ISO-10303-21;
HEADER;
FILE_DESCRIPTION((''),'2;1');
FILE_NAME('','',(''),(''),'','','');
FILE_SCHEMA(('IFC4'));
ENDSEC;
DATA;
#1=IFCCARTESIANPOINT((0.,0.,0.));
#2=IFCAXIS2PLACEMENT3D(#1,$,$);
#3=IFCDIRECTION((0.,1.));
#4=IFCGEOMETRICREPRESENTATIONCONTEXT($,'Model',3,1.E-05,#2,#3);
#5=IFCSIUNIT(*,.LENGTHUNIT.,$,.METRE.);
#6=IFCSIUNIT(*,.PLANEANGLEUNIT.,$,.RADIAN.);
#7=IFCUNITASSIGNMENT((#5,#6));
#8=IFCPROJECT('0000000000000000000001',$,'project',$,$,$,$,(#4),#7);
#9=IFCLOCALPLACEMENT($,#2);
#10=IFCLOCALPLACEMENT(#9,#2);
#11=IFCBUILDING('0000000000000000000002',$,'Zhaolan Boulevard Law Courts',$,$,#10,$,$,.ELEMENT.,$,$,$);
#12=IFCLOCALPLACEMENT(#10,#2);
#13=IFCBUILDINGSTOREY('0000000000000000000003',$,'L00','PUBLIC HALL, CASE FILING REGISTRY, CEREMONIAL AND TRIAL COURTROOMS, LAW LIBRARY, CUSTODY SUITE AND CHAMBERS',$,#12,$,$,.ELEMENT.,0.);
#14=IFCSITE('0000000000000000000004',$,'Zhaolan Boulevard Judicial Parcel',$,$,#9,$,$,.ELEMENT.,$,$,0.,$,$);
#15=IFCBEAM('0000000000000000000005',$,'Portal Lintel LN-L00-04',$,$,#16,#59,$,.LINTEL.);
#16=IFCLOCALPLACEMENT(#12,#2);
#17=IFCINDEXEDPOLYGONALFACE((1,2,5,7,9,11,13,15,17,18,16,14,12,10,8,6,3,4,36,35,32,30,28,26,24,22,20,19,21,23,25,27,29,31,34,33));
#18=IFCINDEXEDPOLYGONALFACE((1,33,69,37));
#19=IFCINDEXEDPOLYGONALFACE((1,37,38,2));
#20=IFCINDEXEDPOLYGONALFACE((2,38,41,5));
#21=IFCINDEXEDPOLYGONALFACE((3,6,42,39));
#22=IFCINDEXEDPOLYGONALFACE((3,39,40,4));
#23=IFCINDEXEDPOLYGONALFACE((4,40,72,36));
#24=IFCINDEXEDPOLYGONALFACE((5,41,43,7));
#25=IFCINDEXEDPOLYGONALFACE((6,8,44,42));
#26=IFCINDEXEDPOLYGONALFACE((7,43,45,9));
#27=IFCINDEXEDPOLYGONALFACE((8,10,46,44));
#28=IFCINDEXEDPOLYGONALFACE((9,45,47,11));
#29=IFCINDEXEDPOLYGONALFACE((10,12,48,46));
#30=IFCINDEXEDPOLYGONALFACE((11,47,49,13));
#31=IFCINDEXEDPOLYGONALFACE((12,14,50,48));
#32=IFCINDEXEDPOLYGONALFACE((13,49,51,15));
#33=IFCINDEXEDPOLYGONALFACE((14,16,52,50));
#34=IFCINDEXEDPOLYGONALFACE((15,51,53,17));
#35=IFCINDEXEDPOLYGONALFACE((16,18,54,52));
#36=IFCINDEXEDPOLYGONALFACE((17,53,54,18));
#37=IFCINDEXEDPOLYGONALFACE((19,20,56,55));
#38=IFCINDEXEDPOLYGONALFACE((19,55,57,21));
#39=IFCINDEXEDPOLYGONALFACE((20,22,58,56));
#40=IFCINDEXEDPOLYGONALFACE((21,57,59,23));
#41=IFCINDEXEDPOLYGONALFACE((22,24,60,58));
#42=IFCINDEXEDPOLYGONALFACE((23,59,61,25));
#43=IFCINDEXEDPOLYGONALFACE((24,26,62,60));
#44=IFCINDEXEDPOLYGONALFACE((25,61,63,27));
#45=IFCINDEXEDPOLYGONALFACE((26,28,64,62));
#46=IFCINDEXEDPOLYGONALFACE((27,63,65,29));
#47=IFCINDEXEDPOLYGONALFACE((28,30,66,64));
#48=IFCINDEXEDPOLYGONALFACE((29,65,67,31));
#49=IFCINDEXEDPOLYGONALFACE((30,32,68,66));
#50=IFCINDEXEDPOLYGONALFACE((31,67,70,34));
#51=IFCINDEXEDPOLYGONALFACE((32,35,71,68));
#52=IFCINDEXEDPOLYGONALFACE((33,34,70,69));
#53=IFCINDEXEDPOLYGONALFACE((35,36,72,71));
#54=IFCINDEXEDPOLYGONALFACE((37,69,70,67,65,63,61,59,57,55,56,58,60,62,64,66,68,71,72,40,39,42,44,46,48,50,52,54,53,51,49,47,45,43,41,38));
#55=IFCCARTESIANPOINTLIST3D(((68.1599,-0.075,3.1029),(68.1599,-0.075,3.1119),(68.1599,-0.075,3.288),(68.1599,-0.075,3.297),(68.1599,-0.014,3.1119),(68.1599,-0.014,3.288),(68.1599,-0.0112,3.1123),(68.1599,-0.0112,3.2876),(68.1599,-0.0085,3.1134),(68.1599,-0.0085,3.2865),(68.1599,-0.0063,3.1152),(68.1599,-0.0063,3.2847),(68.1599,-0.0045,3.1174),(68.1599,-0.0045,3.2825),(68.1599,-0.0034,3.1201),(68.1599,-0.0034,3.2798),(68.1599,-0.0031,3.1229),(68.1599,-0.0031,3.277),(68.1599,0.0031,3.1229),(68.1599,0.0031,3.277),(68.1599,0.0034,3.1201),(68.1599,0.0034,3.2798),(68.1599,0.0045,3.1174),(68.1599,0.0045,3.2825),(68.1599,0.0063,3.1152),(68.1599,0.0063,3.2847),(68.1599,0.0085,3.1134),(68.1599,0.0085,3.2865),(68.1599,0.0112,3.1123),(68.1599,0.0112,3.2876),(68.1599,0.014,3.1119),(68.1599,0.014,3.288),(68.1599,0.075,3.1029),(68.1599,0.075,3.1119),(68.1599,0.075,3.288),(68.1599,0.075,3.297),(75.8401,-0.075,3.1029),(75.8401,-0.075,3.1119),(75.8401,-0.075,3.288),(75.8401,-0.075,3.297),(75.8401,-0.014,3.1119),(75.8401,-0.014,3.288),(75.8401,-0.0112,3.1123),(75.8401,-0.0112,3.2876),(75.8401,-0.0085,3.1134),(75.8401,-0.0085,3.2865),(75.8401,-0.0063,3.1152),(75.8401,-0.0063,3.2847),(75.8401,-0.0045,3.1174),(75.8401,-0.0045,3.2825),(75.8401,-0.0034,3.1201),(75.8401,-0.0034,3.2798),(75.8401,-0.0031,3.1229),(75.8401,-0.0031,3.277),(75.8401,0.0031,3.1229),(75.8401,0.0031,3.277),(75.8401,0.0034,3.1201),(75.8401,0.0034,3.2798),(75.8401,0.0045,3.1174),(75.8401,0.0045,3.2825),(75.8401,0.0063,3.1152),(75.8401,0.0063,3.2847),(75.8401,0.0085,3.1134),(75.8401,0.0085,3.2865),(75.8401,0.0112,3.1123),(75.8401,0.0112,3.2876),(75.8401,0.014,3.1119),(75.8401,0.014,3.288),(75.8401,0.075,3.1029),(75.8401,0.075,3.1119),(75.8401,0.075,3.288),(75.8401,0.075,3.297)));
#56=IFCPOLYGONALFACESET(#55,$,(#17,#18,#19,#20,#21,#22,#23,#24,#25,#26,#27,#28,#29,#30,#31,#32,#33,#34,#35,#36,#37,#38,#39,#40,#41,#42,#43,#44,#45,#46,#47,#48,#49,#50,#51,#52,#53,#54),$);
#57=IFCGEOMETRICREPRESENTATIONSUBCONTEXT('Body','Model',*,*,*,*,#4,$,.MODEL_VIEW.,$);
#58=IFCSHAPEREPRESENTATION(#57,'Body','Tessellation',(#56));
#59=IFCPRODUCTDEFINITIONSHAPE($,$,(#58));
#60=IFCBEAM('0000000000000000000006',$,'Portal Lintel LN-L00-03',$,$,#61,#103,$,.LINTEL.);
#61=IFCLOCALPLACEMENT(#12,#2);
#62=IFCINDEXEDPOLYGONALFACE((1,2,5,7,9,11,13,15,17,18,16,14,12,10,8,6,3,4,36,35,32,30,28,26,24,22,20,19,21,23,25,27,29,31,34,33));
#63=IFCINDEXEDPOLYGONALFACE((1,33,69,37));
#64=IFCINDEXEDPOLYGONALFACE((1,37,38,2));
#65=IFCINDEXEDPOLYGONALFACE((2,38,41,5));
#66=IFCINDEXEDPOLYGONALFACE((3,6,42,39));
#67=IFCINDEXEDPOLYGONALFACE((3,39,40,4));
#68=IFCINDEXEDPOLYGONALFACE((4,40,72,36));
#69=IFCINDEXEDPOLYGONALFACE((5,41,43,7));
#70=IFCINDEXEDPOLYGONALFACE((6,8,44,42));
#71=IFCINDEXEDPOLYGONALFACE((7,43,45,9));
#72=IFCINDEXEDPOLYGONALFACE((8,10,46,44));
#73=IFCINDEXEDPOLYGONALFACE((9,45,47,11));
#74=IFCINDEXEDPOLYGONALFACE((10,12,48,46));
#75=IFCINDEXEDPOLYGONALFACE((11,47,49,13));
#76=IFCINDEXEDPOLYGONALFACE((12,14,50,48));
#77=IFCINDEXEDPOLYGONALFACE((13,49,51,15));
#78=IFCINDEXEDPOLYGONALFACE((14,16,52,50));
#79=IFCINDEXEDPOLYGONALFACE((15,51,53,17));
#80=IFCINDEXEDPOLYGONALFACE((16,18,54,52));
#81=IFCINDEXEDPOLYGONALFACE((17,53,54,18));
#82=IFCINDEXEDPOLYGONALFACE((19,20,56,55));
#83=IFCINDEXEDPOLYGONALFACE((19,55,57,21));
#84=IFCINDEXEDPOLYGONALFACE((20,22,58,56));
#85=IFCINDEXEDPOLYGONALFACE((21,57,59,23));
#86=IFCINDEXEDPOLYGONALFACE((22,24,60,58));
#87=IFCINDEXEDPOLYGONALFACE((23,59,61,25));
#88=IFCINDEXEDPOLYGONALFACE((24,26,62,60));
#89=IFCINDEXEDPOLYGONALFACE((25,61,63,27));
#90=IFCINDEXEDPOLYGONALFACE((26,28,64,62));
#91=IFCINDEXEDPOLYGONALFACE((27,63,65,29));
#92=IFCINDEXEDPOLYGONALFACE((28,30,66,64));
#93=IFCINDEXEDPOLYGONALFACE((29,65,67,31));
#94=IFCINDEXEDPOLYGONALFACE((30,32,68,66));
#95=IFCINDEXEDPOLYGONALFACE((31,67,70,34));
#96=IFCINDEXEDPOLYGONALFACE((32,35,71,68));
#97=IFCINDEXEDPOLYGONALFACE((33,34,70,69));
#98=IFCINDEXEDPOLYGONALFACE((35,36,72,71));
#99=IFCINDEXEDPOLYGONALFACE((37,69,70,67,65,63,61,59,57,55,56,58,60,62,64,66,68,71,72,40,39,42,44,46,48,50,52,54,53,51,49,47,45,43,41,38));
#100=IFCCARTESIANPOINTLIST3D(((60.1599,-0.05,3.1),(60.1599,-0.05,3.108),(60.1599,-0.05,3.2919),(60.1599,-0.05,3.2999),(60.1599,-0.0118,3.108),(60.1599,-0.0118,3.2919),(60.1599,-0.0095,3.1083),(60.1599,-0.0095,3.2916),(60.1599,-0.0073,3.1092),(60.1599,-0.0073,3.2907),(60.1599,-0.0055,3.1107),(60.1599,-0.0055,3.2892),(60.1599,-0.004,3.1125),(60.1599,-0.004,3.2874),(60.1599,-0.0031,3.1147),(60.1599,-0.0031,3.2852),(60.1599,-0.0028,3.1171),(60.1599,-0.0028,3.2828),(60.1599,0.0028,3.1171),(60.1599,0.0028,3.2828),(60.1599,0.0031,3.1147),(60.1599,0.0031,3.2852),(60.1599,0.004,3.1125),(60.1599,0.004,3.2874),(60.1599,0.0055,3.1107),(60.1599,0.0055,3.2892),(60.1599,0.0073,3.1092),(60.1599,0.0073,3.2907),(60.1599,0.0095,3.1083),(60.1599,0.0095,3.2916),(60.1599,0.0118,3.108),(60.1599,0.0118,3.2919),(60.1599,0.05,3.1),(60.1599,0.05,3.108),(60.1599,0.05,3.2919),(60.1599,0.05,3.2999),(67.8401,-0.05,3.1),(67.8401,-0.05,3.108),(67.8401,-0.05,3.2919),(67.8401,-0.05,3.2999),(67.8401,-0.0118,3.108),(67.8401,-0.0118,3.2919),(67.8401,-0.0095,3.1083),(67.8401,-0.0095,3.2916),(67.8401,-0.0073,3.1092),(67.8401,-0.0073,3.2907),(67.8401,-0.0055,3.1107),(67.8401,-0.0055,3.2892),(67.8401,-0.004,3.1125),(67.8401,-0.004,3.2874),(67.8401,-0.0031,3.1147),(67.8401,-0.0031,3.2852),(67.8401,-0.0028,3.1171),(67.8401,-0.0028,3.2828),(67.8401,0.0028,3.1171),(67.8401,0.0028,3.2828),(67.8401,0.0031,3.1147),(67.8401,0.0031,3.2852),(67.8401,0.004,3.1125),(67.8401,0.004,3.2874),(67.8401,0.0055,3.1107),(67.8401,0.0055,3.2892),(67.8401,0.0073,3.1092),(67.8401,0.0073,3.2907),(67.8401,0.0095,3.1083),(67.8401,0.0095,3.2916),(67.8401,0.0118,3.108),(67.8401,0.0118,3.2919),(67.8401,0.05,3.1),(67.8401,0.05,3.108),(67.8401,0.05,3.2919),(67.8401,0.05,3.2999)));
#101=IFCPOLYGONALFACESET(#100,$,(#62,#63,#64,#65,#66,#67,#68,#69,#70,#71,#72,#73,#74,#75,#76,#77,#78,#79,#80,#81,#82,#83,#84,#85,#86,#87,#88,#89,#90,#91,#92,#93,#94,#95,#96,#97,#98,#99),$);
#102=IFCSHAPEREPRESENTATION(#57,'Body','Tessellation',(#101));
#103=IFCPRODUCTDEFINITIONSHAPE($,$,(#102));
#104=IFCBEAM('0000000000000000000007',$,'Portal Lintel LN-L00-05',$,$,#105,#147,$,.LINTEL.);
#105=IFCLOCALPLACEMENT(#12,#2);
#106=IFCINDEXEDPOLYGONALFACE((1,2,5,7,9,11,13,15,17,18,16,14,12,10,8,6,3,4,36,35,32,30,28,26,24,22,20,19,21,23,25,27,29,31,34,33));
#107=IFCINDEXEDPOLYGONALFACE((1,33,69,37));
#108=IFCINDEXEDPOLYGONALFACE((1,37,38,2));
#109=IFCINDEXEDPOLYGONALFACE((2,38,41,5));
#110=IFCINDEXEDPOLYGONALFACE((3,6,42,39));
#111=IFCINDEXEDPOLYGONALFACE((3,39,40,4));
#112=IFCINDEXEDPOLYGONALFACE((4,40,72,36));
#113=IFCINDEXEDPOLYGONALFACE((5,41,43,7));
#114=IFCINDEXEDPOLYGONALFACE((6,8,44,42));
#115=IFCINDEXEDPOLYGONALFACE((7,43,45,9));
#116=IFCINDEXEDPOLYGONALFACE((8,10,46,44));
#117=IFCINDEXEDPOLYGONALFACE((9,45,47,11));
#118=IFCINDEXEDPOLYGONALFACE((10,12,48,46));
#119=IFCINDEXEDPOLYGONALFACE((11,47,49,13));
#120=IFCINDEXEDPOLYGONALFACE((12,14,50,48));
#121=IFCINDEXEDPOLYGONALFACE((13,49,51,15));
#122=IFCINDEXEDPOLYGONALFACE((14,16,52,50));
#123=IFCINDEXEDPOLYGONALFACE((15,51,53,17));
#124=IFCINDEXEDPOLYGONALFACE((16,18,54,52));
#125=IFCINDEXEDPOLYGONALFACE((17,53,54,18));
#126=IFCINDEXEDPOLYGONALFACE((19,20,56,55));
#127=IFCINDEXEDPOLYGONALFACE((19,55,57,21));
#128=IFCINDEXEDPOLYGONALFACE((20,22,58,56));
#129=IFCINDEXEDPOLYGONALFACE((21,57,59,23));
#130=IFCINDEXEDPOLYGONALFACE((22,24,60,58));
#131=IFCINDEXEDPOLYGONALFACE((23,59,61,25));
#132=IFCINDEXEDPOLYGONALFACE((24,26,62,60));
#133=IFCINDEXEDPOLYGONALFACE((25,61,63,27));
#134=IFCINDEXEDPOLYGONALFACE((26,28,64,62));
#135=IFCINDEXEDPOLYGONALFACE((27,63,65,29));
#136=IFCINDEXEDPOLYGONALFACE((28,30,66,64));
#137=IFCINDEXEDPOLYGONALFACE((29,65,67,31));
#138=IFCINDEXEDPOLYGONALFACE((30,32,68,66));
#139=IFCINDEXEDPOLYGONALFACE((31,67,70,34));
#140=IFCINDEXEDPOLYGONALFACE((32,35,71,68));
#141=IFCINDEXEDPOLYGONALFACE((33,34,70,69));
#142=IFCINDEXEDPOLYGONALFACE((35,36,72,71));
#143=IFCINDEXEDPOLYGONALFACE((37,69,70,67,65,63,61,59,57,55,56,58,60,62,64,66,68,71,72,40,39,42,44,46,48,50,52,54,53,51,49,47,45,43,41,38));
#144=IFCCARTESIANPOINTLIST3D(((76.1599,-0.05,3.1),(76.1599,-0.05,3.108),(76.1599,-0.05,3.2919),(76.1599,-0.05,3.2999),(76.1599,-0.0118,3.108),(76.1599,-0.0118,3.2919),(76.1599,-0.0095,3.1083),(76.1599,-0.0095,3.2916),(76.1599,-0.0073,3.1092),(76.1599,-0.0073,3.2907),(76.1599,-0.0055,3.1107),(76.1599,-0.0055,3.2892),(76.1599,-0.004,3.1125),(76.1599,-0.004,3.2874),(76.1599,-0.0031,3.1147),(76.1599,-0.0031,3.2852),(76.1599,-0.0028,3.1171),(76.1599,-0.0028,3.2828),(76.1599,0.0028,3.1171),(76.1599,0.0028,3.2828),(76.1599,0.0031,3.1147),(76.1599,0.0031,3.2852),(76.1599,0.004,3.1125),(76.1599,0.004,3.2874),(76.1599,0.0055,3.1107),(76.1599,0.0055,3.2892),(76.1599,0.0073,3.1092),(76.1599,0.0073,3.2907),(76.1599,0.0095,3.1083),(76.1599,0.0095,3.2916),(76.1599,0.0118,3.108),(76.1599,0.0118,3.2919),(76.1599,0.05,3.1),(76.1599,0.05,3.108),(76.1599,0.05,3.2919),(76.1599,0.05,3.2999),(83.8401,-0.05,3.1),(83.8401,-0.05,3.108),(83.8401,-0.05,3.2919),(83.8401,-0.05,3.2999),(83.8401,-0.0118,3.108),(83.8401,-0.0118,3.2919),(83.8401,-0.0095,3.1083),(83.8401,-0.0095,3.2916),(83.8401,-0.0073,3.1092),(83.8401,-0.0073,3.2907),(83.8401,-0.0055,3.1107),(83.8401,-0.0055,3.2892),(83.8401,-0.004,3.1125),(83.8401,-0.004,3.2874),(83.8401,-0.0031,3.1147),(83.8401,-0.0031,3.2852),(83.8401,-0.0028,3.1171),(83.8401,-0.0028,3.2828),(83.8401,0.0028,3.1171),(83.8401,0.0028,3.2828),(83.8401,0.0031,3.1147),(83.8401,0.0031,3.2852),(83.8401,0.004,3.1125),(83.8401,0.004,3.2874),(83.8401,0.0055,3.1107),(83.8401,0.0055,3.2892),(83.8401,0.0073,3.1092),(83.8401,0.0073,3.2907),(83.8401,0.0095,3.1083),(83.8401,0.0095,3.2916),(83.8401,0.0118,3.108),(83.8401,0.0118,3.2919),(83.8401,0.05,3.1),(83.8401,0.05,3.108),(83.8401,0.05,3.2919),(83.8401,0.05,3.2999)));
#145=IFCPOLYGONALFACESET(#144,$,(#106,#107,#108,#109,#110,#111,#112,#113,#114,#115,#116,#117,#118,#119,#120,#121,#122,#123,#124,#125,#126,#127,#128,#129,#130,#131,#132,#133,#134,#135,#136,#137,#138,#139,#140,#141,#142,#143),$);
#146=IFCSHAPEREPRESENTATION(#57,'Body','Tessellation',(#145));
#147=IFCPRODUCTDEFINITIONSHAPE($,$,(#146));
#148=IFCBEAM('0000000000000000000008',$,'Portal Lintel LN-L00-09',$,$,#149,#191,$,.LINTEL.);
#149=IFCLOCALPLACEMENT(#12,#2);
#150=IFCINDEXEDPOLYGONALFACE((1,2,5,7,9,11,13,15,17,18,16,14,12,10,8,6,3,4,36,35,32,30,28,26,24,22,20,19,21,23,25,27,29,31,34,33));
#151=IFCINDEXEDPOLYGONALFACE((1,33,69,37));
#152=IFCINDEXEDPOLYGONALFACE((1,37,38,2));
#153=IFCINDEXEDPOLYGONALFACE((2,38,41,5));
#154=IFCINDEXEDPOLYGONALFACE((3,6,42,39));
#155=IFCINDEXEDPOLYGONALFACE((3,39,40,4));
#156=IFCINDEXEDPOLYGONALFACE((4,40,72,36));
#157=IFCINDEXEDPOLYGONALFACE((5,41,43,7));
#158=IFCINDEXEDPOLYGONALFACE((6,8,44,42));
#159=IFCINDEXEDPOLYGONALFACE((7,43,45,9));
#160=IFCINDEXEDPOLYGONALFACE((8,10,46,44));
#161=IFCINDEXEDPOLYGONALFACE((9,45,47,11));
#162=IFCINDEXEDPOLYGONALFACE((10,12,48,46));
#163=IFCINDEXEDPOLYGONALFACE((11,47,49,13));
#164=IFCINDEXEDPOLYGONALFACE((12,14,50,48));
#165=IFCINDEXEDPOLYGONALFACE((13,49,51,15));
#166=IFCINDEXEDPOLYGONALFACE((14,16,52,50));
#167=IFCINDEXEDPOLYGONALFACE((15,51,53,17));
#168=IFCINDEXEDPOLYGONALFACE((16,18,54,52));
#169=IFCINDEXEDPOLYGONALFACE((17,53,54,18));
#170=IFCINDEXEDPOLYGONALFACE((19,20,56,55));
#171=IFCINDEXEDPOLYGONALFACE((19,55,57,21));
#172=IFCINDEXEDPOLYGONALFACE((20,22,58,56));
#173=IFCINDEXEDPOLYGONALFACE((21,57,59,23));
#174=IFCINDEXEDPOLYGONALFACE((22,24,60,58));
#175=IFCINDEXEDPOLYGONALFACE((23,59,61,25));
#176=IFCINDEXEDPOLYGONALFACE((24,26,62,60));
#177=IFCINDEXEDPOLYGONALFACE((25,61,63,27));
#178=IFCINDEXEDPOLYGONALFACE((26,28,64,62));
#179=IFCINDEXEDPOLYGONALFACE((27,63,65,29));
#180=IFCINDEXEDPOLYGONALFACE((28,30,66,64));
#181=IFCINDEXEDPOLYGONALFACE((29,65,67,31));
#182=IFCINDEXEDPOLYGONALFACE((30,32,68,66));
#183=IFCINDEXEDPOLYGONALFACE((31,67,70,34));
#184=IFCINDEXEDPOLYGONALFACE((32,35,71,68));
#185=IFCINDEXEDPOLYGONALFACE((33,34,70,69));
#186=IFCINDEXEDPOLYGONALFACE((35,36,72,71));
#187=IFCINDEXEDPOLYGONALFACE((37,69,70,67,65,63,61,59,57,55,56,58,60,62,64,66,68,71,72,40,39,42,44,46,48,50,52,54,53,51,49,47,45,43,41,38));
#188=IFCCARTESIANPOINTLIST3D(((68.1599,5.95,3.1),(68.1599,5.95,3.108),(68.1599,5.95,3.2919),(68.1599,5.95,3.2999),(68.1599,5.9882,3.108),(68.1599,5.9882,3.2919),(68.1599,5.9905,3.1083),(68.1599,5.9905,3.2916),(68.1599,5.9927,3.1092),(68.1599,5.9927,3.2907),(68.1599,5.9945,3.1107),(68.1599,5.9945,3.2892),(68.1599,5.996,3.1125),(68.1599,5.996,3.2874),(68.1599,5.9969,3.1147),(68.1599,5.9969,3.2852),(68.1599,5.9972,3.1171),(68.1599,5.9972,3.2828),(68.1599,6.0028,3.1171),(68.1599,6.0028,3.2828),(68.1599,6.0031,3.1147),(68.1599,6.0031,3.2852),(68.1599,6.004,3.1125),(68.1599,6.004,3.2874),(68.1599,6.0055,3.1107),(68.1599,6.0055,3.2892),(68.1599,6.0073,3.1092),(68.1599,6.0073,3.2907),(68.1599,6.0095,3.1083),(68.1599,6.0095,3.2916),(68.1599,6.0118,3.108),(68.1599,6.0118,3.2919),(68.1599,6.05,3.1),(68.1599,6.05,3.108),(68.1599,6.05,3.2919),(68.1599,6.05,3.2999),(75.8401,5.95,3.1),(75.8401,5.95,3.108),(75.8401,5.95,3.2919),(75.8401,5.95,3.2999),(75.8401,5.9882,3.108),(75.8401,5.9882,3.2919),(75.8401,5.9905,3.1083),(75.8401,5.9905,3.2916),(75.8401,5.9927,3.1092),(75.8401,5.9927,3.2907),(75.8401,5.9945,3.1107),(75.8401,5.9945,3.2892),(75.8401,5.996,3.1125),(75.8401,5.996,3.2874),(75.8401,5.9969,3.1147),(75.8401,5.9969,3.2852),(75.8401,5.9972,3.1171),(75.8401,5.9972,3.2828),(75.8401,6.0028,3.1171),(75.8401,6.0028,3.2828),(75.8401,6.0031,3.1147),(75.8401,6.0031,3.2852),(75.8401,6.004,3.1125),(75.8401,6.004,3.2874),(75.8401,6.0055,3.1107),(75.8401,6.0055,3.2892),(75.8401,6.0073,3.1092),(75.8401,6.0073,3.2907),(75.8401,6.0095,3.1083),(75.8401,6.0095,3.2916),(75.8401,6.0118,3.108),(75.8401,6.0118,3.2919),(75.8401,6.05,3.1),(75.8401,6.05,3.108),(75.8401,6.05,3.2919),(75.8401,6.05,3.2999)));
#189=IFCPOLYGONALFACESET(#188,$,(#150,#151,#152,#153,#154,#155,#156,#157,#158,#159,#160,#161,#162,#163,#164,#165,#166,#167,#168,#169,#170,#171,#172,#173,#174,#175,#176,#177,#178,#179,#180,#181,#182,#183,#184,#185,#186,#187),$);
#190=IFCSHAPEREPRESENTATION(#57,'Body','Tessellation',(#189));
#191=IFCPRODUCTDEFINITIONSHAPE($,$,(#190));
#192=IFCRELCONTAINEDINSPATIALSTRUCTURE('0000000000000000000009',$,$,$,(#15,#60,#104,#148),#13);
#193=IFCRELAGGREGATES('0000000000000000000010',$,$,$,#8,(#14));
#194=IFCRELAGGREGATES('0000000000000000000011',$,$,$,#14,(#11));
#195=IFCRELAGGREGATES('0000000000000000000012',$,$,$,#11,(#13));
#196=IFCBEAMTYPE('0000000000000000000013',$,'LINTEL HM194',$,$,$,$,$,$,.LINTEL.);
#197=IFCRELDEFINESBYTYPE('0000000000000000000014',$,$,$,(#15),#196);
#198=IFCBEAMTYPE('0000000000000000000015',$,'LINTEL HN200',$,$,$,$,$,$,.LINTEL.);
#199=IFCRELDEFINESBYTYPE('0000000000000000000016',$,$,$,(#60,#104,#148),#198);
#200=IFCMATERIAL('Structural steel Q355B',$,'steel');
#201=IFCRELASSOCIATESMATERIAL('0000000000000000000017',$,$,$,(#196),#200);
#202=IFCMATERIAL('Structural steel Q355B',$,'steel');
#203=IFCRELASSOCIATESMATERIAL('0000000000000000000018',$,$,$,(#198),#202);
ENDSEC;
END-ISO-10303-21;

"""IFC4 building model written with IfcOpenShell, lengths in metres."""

from ifc_helpers import new_model, si_unit, direction, frame, origin, origin_2d, place, context, subcontext, project, spatial, i_section, extrude, material, material_profile, profile_set, type_object, element, save


model = new_model("IFC4")

# Units and contexts
model_context = context("Model", 3, precision=1e-05, world=origin(), true_north=direction((0.0, 1.0)))
body_context = subcontext(model_context, "Body", "Model", "MODEL_VIEW")
ifc_project = project(units=[si_unit("LENGTHUNIT", "METRE"), si_unit("PLANEANGLEUNIT", "RADIAN")], contexts=[model_context])

# Site, building, storey
site_placement = place(None, origin())
site = spatial("IfcSite", under=ifc_project, at=site_placement, Name="Zhaolan Boulevard Judicial Parcel", CompositionType="ELEMENT", RefElevation=0.0)
building_placement = place(site_placement, origin())
building = spatial("IfcBuilding", under=site, at=building_placement, Name="Zhaolan Boulevard Law Courts", CompositionType="ELEMENT")
storey_placement = place(building_placement, origin())
storey = spatial("IfcBuildingStorey", under=building, at=storey_placement, Name="L00", Description="PUBLIC HALL, CASE FILING REGISTRY, CEREMONIAL AND TRIAL COURTROOMS, LAW LIBRARY, CUSTODY SUITE AND CHAMBERS", CompositionType="ELEMENT", Elevation=0.0)

# Beams
ifc_material_1 = material(Name="Structural steel Q355B", Category="steel")
ifc_material_profile_1 = material_profile(ifc_material_1, i_section(OverallWidth=0.1499, OverallDepth=0.1941, WebThickness=0.0061, FlangeThickness=0.009, FilletRadius=0.011, at=origin_2d()), Name="HM194x150")
ifc_profile_set_1 = profile_set([ifc_material_profile_1], Name="Structural steel Q355B")
beam_type_1 = type_object("IfcBeamType", Name="LINTEL HM194", PredefinedType="LINTEL", material=ifc_profile_set_1)
beam_placement = place(storey_placement, frame((68.1599, 0.0, 3.2), z_axis=(1.0, 0.0, 0.0), x_axis=(0.0, 1.0, 0.0)))
element("IfcBeam", 1, at=beam_placement, inside=storey, type_object=beam_type_1, Name="Portal Lintel LN-L00-04", PredefinedType="LINTEL", context=body_context, shape_type="SweptSolid", body=[
    extrude(i_section(OverallWidth=0.1499, OverallDepth=0.1941, WebThickness=0.0061, FlangeThickness=0.009, FilletRadius=0.011, at=origin_2d()), origin(), (0.0, 0.0, 1.0), 7.6802),
])
ifc_material_2 = material(Name="Structural steel Q355B", Category="steel")
ifc_material_profile_2 = material_profile(ifc_material_2, i_section(OverallWidth=0.1001, OverallDepth=0.2, WebThickness=0.0056, FlangeThickness=0.0081, FilletRadius=0.009, at=origin_2d()), Name="HN200x100")
ifc_profile_set_2 = profile_set([ifc_material_profile_2], Name="Structural steel Q355B")
beam_type_2 = type_object("IfcBeamType", Name="LINTEL HN200", PredefinedType="LINTEL", material=ifc_profile_set_2)
for number, where, z_axis, x_axis, name in (
    (2, (60.1599, 0.0, 3.2), (1.0, 0.0, 0.0), (0.0, 1.0, 0.0), "Portal Lintel LN-L00-03"),
    (3, (76.1599, 0.0, 3.2), (1.0, 0.0, 0.0), (0.0, 1.0, 0.0), "Portal Lintel LN-L00-05"),
    (4, (68.1599, 6.0, 3.2), (1.0, 0.0, 0.0), (0.0, 1.0, 0.0), "Portal Lintel LN-L00-09"),
):
    element("IfcBeam", number, at=place(storey_placement, frame(where, z_axis=z_axis, x_axis=x_axis)), inside=storey, type_object=beam_type_2, Name=name, PredefinedType="LINTEL", context=body_context, shape_type="SweptSolid", body=[
        extrude(i_section(OverallWidth=0.1001, OverallDepth=0.2, WebThickness=0.0056, FlangeThickness=0.0081, FilletRadius=0.009, at=origin_2d()), origin(), (0.0, 0.0, 1.0), 7.6802),
    ])

save(model, "model.ifc")
